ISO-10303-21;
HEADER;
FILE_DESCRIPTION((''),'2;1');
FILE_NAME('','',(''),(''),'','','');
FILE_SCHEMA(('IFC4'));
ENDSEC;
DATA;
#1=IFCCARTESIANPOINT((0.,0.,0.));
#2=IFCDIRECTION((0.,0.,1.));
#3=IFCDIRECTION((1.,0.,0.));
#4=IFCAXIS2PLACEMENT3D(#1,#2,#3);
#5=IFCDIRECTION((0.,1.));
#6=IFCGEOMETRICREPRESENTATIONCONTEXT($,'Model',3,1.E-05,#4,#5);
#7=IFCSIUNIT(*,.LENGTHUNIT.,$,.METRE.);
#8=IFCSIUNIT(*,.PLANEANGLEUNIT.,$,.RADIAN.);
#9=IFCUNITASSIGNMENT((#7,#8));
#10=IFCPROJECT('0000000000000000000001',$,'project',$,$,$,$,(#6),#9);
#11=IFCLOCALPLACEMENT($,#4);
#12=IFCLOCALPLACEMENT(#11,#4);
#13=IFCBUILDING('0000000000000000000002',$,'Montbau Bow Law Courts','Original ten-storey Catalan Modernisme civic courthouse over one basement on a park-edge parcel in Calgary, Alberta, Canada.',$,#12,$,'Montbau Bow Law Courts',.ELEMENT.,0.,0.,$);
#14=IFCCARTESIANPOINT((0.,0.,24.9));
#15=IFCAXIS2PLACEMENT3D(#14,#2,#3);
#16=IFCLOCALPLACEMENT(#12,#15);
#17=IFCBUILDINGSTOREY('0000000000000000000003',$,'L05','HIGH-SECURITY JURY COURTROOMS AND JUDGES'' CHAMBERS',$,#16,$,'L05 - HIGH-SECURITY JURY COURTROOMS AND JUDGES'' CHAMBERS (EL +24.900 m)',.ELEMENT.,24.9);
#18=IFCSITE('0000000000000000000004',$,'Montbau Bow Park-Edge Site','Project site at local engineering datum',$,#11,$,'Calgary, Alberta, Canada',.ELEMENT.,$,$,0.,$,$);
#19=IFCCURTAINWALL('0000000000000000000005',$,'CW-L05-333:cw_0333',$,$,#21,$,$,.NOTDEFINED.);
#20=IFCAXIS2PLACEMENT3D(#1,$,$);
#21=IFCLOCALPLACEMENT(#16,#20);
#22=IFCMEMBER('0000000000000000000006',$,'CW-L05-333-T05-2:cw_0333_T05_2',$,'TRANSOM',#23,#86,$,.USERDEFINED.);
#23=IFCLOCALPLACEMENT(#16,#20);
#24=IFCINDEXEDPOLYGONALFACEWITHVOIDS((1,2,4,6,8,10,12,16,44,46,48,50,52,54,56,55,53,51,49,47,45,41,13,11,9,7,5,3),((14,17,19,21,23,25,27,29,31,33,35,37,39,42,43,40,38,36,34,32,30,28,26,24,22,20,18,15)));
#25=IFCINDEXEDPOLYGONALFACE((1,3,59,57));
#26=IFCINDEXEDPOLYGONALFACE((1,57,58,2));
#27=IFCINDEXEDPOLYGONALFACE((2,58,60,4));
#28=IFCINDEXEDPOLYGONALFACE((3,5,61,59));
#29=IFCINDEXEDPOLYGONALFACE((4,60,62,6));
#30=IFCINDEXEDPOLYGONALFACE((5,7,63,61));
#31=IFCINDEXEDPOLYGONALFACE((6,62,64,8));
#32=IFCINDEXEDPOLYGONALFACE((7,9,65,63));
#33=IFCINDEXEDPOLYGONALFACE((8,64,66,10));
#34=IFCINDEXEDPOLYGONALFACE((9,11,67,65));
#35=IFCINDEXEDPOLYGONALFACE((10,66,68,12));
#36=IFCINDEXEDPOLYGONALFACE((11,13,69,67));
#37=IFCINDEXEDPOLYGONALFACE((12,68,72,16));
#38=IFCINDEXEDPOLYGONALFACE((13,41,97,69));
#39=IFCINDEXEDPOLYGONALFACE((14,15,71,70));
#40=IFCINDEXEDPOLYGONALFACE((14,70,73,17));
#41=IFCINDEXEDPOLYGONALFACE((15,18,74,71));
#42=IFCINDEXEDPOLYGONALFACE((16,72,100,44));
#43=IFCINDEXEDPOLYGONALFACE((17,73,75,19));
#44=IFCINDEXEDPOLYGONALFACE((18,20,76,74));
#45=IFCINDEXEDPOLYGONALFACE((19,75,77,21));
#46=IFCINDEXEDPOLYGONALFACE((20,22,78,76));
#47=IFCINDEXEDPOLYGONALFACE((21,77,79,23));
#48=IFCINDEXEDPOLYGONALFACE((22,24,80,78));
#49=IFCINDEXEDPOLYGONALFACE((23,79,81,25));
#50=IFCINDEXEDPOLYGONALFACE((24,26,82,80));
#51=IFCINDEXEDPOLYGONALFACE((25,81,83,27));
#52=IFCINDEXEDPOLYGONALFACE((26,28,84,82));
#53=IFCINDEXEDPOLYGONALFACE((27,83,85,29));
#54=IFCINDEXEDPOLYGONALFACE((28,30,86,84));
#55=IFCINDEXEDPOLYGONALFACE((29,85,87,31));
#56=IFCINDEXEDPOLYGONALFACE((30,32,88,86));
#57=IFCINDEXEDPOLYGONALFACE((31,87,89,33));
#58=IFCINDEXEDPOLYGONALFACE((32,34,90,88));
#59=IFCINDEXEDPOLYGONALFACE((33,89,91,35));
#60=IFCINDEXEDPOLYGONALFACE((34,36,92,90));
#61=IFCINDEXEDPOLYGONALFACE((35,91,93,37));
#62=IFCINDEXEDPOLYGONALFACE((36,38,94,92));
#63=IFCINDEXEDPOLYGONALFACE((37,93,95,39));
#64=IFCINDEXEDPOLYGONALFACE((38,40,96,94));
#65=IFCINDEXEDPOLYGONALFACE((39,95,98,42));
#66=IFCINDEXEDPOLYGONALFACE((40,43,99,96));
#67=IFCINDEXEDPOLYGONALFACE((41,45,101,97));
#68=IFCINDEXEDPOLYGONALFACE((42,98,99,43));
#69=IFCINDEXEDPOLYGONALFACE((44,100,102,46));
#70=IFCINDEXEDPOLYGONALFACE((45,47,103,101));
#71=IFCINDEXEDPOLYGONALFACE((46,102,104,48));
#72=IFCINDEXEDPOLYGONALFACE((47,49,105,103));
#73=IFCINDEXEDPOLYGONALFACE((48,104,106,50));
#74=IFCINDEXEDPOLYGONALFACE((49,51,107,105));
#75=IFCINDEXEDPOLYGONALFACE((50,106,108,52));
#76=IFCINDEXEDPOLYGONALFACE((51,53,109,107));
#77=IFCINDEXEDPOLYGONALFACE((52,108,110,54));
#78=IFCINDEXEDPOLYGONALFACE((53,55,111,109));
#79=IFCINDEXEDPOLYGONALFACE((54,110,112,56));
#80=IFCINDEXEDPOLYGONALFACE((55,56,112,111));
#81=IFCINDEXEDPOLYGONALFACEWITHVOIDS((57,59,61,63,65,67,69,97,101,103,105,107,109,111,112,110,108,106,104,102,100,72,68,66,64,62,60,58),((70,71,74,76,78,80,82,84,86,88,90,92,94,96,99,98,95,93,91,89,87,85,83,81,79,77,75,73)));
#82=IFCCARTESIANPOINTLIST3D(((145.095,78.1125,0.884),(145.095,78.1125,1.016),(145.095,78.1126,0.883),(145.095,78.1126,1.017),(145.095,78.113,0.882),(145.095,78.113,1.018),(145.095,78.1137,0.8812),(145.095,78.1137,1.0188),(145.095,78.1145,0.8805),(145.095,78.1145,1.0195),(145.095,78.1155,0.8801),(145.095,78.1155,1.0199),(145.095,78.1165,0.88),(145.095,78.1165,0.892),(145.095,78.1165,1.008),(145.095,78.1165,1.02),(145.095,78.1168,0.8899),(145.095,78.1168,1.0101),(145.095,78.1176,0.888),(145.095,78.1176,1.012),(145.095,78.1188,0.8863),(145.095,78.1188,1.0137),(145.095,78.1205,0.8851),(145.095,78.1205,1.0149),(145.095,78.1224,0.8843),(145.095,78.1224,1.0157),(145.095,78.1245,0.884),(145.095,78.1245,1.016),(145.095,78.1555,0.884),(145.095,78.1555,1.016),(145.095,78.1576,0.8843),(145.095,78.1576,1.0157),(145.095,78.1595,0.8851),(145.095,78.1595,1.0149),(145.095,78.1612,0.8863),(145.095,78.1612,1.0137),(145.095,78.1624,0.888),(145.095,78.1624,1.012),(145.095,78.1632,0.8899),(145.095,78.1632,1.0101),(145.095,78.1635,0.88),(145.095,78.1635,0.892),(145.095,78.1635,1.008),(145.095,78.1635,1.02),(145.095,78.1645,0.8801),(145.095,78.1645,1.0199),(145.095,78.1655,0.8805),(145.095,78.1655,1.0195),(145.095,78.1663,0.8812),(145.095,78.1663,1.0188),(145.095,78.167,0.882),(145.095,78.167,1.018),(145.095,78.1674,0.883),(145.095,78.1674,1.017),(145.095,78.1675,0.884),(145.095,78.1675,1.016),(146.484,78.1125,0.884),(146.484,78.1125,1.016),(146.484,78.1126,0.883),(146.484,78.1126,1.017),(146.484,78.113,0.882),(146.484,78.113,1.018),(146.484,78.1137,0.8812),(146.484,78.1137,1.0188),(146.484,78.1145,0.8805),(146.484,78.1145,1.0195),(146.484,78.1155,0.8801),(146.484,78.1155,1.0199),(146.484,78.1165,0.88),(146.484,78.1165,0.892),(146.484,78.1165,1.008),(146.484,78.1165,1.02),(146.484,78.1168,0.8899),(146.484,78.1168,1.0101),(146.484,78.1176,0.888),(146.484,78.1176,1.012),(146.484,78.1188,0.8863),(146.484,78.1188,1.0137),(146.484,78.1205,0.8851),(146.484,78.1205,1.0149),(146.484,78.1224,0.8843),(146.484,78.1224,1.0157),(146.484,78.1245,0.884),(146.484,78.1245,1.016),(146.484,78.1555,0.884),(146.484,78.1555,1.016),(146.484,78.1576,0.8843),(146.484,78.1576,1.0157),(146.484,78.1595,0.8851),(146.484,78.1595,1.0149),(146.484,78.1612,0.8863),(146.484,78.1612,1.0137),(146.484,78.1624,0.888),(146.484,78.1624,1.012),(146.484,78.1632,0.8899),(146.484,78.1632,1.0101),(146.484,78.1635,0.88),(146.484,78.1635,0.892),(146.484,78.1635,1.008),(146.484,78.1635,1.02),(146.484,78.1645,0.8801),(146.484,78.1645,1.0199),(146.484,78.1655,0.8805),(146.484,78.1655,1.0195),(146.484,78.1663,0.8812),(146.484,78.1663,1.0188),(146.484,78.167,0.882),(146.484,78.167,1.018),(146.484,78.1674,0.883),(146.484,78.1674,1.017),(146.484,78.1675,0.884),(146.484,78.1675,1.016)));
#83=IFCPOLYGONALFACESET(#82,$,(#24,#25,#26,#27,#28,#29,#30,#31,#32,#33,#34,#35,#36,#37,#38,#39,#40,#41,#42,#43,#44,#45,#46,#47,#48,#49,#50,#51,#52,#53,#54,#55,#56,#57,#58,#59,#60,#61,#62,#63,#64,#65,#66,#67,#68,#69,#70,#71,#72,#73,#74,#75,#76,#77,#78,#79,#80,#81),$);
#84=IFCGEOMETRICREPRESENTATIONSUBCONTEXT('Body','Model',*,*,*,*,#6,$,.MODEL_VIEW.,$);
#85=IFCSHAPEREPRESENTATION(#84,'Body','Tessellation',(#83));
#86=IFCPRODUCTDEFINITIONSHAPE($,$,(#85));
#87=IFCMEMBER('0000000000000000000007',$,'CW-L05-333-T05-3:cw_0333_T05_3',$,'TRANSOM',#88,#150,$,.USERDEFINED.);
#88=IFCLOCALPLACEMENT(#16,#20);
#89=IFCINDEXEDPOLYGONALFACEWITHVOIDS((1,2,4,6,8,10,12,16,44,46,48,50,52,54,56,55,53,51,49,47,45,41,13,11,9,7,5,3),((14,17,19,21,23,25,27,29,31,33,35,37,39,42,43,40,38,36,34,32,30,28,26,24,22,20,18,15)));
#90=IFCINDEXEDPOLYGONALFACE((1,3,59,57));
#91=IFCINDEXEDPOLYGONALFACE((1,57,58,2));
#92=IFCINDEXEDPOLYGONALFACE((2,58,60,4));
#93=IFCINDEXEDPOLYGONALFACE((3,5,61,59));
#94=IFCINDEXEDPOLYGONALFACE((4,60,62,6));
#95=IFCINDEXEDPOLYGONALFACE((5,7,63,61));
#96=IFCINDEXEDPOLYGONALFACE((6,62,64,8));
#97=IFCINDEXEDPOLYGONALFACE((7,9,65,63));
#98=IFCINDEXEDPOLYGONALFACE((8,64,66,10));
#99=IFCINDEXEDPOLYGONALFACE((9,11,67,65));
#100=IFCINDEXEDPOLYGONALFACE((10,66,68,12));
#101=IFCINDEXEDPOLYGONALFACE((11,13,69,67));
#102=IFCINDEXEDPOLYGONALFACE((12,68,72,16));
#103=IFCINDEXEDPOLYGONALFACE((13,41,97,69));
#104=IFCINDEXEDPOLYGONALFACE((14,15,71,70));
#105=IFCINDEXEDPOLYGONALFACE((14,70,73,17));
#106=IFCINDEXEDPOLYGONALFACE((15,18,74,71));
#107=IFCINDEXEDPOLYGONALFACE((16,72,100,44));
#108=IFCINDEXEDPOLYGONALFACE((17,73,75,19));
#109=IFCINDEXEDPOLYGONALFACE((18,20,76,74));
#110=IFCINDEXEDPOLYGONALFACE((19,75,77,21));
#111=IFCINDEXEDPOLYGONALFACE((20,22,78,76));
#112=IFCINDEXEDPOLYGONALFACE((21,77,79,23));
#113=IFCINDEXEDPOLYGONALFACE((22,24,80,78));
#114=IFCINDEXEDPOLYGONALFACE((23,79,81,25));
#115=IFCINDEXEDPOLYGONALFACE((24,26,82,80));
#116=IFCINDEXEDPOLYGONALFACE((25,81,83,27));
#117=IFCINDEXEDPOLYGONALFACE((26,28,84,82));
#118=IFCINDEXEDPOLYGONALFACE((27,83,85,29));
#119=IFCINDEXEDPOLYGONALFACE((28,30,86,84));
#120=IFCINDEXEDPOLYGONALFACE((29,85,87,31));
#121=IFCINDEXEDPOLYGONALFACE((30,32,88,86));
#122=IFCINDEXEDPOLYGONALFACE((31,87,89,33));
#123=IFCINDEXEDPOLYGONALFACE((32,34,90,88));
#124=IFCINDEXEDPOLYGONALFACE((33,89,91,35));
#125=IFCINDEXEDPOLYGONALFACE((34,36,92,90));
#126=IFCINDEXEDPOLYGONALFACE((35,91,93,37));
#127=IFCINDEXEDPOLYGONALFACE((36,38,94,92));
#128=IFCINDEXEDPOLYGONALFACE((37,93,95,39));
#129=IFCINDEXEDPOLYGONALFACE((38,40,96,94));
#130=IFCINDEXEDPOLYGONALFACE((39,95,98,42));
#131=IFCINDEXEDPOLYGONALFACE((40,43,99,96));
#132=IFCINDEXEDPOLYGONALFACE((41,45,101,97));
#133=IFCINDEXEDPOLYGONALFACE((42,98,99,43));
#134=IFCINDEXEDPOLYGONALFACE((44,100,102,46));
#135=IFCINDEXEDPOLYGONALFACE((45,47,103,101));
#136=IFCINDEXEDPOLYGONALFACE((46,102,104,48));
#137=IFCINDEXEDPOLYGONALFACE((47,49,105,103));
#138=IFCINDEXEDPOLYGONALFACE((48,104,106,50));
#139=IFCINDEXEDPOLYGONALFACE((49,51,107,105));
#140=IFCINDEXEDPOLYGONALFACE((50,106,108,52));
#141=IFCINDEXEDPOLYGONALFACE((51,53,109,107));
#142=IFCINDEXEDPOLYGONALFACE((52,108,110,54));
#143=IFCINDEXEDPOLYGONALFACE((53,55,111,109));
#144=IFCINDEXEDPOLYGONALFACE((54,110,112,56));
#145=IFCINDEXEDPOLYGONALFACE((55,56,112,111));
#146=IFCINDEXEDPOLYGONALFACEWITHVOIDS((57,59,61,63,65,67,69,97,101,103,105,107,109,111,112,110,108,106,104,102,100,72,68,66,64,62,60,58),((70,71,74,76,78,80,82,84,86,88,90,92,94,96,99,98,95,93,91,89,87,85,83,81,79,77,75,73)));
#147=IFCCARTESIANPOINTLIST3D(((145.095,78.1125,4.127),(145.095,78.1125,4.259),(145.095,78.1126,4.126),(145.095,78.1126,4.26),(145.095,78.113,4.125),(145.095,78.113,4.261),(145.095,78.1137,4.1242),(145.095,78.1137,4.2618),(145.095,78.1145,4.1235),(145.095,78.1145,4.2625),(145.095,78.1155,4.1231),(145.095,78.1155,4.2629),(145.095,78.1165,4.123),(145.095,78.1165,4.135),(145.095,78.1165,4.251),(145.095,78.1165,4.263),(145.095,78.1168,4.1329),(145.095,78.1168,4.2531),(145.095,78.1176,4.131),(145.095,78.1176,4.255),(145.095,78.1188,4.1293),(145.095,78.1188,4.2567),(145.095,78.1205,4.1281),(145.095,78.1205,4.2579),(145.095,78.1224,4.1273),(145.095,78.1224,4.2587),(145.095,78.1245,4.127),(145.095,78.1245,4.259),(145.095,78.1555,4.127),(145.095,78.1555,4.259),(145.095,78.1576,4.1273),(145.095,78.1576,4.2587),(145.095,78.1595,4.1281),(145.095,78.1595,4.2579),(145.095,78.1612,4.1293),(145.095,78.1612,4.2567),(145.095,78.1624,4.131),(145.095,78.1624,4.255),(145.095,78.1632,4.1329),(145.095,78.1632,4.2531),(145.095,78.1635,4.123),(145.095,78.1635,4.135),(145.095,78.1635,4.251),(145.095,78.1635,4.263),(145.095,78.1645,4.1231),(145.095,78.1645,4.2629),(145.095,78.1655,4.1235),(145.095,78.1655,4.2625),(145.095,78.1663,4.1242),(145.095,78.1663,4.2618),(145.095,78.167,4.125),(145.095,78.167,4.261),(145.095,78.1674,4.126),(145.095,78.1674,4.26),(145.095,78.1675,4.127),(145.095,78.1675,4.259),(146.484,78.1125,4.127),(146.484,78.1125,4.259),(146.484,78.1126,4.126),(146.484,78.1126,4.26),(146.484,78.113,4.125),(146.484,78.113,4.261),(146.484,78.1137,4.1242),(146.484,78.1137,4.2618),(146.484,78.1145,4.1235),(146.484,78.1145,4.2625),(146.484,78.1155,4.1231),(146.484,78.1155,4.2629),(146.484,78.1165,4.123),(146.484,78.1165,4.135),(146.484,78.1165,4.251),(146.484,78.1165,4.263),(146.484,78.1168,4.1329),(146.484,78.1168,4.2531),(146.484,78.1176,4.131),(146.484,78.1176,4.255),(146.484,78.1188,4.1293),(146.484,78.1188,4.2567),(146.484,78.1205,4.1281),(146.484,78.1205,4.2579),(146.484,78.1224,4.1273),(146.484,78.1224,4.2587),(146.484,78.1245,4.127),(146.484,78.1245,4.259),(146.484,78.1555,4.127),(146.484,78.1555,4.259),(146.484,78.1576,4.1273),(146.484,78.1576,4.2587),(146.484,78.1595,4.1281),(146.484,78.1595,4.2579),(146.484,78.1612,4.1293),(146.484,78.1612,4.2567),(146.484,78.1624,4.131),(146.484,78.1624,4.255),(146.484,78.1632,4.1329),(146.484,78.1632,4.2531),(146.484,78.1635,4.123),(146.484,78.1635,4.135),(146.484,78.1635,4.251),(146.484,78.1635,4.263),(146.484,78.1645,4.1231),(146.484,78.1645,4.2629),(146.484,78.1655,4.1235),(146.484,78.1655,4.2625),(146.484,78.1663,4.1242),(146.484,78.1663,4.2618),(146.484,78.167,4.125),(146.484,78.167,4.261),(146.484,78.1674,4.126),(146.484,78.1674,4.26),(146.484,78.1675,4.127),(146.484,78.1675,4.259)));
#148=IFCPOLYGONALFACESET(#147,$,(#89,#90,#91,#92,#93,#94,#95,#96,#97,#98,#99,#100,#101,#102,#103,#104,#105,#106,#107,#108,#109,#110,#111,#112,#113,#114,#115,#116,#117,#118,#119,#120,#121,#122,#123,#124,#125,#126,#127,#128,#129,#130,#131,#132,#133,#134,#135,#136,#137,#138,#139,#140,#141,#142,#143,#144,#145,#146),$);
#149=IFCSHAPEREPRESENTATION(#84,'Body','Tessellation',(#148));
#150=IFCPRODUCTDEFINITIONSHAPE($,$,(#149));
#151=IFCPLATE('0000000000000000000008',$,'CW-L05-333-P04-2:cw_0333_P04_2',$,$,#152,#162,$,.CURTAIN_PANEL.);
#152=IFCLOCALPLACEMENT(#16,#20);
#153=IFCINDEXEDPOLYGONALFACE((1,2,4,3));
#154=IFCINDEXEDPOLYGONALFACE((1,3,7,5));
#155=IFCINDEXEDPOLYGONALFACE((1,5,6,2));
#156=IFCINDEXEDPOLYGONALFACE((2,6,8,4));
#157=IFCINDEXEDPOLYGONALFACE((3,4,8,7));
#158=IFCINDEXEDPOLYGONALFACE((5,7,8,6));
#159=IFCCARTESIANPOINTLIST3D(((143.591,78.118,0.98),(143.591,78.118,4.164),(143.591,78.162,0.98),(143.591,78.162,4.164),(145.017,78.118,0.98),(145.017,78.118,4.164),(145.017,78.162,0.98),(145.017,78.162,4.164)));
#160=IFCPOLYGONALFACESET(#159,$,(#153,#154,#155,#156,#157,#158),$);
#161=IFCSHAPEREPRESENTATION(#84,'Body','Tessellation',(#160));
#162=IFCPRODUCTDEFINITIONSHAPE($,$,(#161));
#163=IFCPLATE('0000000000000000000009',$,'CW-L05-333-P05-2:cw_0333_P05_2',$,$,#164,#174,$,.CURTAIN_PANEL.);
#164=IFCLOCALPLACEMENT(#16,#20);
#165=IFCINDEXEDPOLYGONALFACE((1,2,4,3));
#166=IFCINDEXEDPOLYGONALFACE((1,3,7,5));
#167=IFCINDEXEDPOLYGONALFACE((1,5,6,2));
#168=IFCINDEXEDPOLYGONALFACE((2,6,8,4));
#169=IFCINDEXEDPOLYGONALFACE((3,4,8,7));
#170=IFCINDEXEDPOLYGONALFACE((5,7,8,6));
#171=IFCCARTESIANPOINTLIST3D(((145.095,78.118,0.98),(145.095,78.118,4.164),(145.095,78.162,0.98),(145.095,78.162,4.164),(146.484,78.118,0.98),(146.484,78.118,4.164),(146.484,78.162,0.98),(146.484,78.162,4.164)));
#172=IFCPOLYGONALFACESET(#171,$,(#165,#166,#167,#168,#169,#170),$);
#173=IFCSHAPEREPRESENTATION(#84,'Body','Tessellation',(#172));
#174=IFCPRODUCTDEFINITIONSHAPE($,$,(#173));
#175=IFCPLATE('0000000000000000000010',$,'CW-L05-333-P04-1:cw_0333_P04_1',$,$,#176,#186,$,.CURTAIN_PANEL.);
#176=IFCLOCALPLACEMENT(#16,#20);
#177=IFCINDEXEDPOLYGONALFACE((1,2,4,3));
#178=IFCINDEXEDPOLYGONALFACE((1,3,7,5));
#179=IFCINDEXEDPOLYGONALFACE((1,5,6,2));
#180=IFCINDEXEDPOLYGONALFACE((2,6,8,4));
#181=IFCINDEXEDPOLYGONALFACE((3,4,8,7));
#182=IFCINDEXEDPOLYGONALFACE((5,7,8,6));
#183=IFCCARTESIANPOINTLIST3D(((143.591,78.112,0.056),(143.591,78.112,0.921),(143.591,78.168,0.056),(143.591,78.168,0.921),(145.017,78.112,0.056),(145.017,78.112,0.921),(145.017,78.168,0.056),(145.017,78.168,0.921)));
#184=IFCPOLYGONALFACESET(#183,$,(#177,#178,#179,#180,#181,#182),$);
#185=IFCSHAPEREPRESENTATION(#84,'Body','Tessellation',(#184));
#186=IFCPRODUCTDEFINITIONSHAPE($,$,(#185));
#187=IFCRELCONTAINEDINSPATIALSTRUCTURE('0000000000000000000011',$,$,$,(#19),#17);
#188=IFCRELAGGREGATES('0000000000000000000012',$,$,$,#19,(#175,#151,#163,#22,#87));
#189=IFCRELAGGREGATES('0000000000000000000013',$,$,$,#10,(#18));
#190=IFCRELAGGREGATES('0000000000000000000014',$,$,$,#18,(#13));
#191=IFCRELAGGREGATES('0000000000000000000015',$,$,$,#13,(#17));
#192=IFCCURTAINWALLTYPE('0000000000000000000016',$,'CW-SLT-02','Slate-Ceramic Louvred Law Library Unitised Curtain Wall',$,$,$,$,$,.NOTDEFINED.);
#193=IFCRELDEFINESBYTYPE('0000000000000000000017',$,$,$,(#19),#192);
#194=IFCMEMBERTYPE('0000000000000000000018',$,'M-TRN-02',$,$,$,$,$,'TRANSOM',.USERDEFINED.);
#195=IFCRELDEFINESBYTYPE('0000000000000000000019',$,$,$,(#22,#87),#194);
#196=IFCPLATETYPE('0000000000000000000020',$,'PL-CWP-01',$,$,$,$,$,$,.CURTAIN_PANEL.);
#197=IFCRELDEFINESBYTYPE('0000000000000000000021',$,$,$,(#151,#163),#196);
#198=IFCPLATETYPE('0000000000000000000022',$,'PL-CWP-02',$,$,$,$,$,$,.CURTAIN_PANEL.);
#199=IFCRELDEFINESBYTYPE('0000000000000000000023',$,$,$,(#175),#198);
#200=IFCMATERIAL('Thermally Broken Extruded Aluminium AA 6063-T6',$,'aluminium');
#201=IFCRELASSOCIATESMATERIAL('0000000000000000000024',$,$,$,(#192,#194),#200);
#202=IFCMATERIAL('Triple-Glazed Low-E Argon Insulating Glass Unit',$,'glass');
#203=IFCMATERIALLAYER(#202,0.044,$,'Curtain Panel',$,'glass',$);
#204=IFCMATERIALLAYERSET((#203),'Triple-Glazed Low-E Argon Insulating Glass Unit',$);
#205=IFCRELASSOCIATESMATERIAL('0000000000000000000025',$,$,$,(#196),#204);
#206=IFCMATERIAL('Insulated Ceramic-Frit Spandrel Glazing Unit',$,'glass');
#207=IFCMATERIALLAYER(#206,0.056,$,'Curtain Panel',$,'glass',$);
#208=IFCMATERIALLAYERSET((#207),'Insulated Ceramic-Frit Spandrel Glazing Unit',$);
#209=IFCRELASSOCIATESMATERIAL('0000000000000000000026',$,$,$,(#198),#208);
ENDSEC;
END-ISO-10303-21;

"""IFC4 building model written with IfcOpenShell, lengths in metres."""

from ifc_helpers import new_model, si_unit, direction, frame, frame_2d, origin_with_axes, origin_2d_with_axis, place, context, subcontext, project, spatial, rectangle, hollow_rectangle, extrude, material, layer, layer_set, material_profile, profile_set, type_object, element, aggregate, save


model = new_model("IFC4")

# Units and contexts
model_context = context("Model", 3, precision=1e-05, world=origin_with_axes(), true_north=direction((0.0, 1.0)))
body_context = subcontext(model_context, "Body", "Model", "MODEL_VIEW")
ifc_project = project(units=[si_unit("LENGTHUNIT", "METRE"), si_unit("PLANEANGLEUNIT", "RADIAN")], contexts=[model_context])

# Site, building, storey
site_placement = place(None, origin_with_axes())
site = spatial("IfcSite", under=ifc_project, at=site_placement, Name="Montbau Bow Park-Edge Site", Description="Project site at local engineering datum", LongName="Calgary, Alberta, Canada", CompositionType="ELEMENT", RefElevation=0.0)
building_placement = place(site_placement, origin_with_axes())
building = spatial("IfcBuilding", under=site, at=building_placement, Name="Montbau Bow Law Courts", Description="Original ten-storey Catalan Modernisme civic courthouse over one basement on a park-edge parcel in Calgary, Alberta, Canada.", LongName="Montbau Bow Law Courts", CompositionType="ELEMENT", ElevationOfRefHeight=0.0, ElevationOfTerrain=0.0)
storey_placement = place(building_placement, frame((0.0, 0.0, 24.9), z_axis=(0.0, 0.0, 1.0), x_axis=(1.0, 0.0, 0.0)))
storey = spatial("IfcBuildingStorey", under=building, at=storey_placement, Name="L05", Description="HIGH-SECURITY JURY COURTROOMS AND JUDGES' CHAMBERS", LongName="L05 - HIGH-SECURITY JURY COURTROOMS AND JUDGES' CHAMBERS (EL +24.900 m)", CompositionType="ELEMENT", Elevation=24.9)

# Curtain wall, members, plates
ifc_material_1 = material(Name="Thermally Broken Extruded Aluminium AA 6063-T6", Category="aluminium")
curtain_wall_type = type_object("IfcCurtainWallType", Name="CW-SLT-02", Description="Slate-Ceramic Louvred Law Library Unitised Curtain Wall", PredefinedType="NOTDEFINED", material=ifc_material_1)
curtain_wall_placement = place(None, frame((139.04, 78.14, 24.9), z_axis=(0.0, 0.0, 1.0), x_axis=(1.0, 0.0, 0.0)))
curtain_wall = element("IfcCurtainWall", 1, at=curtain_wall_placement, inside=storey, type_object=curtain_wall_type, Name="CW-L05-333:cw_0333", PredefinedType="NOTDEFINED")
ifc_material_profile_1 = material_profile(ifc_material_1, hollow_rectangle(XDim=0.055, YDim=0.14, WallThickness=0.004, InnerFilletRadius=0.008, OuterFilletRadius=0.004, at=origin_2d_with_axis()), Name="CWT-140X55", Category="Main", Priority=0)
ifc_profile_set_1 = profile_set([ifc_material_profile_1], Name="Thermally Broken Extruded Aluminium AA 6063-T6")
member_type_1 = type_object("IfcMemberType", Name="M-TRN-02", ElementType="TRANSOM", PredefinedType="USERDEFINED", material=ifc_profile_set_1)
member_1_placement = place(None, frame((145.095, 78.14, 25.85), z_axis=(1.0, 0.0, 0.0), x_axis=(0.0, 1.0, 0.0)))
member_1 = element("IfcMember", 2, at=member_1_placement, type_object=member_type_1, Name="CW-L05-333-T05-2:cw_0333_T05_2", ObjectType="TRANSOM", PredefinedType="USERDEFINED", context=body_context, shape_type="SweptSolid", body=[
    extrude(hollow_rectangle(XDim=0.055, YDim=0.14, WallThickness=0.004, InnerFilletRadius=0.008, OuterFilletRadius=0.004, at=origin_2d_with_axis()), origin_with_axes(), (0.0, 0.0, 1.0), 1.389),
])
member_2_placement = place(None, frame((145.095, 78.14, 29.093), z_axis=(1.0, 0.0, 0.0), x_axis=(0.0, 1.0, 0.0)))
member_2 = element("IfcMember", 3, at=member_2_placement, type_object=member_type_1, Name="CW-L05-333-T05-3:cw_0333_T05_3", ObjectType="TRANSOM", PredefinedType="USERDEFINED", context=body_context, shape_type="SweptSolid", body=[
    extrude(hollow_rectangle(XDim=0.055, YDim=0.14, WallThickness=0.004, InnerFilletRadius=0.008, OuterFilletRadius=0.004, at=origin_2d_with_axis()), origin_with_axes(), (0.0, 0.0, 1.0), 1.389),
])
ifc_material_2 = material(Name="Triple-Glazed Low-E Argon Insulating Glass Unit", Category="glass")
ifc_layer_1 = layer(ifc_material_2, 0.044, Name="Curtain Panel", Category="glass")
ifc_layer_set_1 = layer_set([ifc_layer_1], Name="Triple-Glazed Low-E Argon Insulating Glass Unit")
plate_type_1 = type_object("IfcPlateType", Name="PL-CWP-01", PredefinedType="CURTAIN_PANEL", material=ifc_layer_set_1)
plate_1_placement = place(None, frame((143.591, 78.14, 25.88), z_axis=(0.0, -1.0, 0.0), x_axis=(1.0, 0.0, 0.0)))
plate_1 = element("IfcPlate", 4, at=plate_1_placement, type_object=plate_type_1, Name="CW-L05-333-P04-2:cw_0333_P04_2", PredefinedType="CURTAIN_PANEL", context=body_context, shape_type="SweptSolid", body=[
    extrude(rectangle(XDim=1.426, YDim=3.184, at=frame_2d((0.713, 1.592), x_axis=(1.0, 0.0))), frame((0.0, 0.0, -0.022), z_axis=(0.0, 0.0, 1.0), x_axis=(1.0, 0.0, 0.0)), (0.0, 0.0, 1.0), 0.044),
])
plate_2_placement = place(None, frame((145.095, 78.14, 25.88), z_axis=(0.0, -1.0, 0.0), x_axis=(1.0, 0.0, 0.0)))
plate_2 = element("IfcPlate", 5, at=plate_2_placement, type_object=plate_type_1, Name="CW-L05-333-P05-2:cw_0333_P05_2", PredefinedType="CURTAIN_PANEL", context=body_context, shape_type="SweptSolid", body=[
    extrude(rectangle(XDim=1.389, YDim=3.184, at=frame_2d((0.6945, 1.592), x_axis=(1.0, 0.0))), frame((0.0, 0.0, -0.022), z_axis=(0.0, 0.0, 1.0), x_axis=(1.0, 0.0, 0.0)), (0.0, 0.0, 1.0), 0.044),
])
ifc_material_3 = material(Name="Insulated Ceramic-Frit Spandrel Glazing Unit", Category="glass")
ifc_layer_2 = layer(ifc_material_3, 0.056, Name="Curtain Panel", Category="glass")
ifc_layer_set_2 = layer_set([ifc_layer_2], Name="Insulated Ceramic-Frit Spandrel Glazing Unit")
plate_type_2 = type_object("IfcPlateType", Name="PL-CWP-02", PredefinedType="CURTAIN_PANEL", material=ifc_layer_set_2)
plate_3_placement = place(None, frame((143.591, 78.14, 24.956), z_axis=(0.0, -1.0, 0.0), x_axis=(1.0, 0.0, 0.0)))
plate_3 = element("IfcPlate", 6, at=plate_3_placement, type_object=plate_type_2, Name="CW-L05-333-P04-1:cw_0333_P04_1", PredefinedType="CURTAIN_PANEL", context=body_context, shape_type="SweptSolid", body=[
    extrude(rectangle(XDim=1.426, YDim=0.865, at=frame_2d((0.713, 0.4325), x_axis=(1.0, 0.0))), frame((0.0, 0.0, -0.028), z_axis=(0.0, 0.0, 1.0), x_axis=(1.0, 0.0, 0.0)), (0.0, 0.0, 1.0), 0.056),
])
aggregate(curtain_wall, [plate_3, plate_1, plate_2, member_1, member_2])

save(model, "model.ifc")
